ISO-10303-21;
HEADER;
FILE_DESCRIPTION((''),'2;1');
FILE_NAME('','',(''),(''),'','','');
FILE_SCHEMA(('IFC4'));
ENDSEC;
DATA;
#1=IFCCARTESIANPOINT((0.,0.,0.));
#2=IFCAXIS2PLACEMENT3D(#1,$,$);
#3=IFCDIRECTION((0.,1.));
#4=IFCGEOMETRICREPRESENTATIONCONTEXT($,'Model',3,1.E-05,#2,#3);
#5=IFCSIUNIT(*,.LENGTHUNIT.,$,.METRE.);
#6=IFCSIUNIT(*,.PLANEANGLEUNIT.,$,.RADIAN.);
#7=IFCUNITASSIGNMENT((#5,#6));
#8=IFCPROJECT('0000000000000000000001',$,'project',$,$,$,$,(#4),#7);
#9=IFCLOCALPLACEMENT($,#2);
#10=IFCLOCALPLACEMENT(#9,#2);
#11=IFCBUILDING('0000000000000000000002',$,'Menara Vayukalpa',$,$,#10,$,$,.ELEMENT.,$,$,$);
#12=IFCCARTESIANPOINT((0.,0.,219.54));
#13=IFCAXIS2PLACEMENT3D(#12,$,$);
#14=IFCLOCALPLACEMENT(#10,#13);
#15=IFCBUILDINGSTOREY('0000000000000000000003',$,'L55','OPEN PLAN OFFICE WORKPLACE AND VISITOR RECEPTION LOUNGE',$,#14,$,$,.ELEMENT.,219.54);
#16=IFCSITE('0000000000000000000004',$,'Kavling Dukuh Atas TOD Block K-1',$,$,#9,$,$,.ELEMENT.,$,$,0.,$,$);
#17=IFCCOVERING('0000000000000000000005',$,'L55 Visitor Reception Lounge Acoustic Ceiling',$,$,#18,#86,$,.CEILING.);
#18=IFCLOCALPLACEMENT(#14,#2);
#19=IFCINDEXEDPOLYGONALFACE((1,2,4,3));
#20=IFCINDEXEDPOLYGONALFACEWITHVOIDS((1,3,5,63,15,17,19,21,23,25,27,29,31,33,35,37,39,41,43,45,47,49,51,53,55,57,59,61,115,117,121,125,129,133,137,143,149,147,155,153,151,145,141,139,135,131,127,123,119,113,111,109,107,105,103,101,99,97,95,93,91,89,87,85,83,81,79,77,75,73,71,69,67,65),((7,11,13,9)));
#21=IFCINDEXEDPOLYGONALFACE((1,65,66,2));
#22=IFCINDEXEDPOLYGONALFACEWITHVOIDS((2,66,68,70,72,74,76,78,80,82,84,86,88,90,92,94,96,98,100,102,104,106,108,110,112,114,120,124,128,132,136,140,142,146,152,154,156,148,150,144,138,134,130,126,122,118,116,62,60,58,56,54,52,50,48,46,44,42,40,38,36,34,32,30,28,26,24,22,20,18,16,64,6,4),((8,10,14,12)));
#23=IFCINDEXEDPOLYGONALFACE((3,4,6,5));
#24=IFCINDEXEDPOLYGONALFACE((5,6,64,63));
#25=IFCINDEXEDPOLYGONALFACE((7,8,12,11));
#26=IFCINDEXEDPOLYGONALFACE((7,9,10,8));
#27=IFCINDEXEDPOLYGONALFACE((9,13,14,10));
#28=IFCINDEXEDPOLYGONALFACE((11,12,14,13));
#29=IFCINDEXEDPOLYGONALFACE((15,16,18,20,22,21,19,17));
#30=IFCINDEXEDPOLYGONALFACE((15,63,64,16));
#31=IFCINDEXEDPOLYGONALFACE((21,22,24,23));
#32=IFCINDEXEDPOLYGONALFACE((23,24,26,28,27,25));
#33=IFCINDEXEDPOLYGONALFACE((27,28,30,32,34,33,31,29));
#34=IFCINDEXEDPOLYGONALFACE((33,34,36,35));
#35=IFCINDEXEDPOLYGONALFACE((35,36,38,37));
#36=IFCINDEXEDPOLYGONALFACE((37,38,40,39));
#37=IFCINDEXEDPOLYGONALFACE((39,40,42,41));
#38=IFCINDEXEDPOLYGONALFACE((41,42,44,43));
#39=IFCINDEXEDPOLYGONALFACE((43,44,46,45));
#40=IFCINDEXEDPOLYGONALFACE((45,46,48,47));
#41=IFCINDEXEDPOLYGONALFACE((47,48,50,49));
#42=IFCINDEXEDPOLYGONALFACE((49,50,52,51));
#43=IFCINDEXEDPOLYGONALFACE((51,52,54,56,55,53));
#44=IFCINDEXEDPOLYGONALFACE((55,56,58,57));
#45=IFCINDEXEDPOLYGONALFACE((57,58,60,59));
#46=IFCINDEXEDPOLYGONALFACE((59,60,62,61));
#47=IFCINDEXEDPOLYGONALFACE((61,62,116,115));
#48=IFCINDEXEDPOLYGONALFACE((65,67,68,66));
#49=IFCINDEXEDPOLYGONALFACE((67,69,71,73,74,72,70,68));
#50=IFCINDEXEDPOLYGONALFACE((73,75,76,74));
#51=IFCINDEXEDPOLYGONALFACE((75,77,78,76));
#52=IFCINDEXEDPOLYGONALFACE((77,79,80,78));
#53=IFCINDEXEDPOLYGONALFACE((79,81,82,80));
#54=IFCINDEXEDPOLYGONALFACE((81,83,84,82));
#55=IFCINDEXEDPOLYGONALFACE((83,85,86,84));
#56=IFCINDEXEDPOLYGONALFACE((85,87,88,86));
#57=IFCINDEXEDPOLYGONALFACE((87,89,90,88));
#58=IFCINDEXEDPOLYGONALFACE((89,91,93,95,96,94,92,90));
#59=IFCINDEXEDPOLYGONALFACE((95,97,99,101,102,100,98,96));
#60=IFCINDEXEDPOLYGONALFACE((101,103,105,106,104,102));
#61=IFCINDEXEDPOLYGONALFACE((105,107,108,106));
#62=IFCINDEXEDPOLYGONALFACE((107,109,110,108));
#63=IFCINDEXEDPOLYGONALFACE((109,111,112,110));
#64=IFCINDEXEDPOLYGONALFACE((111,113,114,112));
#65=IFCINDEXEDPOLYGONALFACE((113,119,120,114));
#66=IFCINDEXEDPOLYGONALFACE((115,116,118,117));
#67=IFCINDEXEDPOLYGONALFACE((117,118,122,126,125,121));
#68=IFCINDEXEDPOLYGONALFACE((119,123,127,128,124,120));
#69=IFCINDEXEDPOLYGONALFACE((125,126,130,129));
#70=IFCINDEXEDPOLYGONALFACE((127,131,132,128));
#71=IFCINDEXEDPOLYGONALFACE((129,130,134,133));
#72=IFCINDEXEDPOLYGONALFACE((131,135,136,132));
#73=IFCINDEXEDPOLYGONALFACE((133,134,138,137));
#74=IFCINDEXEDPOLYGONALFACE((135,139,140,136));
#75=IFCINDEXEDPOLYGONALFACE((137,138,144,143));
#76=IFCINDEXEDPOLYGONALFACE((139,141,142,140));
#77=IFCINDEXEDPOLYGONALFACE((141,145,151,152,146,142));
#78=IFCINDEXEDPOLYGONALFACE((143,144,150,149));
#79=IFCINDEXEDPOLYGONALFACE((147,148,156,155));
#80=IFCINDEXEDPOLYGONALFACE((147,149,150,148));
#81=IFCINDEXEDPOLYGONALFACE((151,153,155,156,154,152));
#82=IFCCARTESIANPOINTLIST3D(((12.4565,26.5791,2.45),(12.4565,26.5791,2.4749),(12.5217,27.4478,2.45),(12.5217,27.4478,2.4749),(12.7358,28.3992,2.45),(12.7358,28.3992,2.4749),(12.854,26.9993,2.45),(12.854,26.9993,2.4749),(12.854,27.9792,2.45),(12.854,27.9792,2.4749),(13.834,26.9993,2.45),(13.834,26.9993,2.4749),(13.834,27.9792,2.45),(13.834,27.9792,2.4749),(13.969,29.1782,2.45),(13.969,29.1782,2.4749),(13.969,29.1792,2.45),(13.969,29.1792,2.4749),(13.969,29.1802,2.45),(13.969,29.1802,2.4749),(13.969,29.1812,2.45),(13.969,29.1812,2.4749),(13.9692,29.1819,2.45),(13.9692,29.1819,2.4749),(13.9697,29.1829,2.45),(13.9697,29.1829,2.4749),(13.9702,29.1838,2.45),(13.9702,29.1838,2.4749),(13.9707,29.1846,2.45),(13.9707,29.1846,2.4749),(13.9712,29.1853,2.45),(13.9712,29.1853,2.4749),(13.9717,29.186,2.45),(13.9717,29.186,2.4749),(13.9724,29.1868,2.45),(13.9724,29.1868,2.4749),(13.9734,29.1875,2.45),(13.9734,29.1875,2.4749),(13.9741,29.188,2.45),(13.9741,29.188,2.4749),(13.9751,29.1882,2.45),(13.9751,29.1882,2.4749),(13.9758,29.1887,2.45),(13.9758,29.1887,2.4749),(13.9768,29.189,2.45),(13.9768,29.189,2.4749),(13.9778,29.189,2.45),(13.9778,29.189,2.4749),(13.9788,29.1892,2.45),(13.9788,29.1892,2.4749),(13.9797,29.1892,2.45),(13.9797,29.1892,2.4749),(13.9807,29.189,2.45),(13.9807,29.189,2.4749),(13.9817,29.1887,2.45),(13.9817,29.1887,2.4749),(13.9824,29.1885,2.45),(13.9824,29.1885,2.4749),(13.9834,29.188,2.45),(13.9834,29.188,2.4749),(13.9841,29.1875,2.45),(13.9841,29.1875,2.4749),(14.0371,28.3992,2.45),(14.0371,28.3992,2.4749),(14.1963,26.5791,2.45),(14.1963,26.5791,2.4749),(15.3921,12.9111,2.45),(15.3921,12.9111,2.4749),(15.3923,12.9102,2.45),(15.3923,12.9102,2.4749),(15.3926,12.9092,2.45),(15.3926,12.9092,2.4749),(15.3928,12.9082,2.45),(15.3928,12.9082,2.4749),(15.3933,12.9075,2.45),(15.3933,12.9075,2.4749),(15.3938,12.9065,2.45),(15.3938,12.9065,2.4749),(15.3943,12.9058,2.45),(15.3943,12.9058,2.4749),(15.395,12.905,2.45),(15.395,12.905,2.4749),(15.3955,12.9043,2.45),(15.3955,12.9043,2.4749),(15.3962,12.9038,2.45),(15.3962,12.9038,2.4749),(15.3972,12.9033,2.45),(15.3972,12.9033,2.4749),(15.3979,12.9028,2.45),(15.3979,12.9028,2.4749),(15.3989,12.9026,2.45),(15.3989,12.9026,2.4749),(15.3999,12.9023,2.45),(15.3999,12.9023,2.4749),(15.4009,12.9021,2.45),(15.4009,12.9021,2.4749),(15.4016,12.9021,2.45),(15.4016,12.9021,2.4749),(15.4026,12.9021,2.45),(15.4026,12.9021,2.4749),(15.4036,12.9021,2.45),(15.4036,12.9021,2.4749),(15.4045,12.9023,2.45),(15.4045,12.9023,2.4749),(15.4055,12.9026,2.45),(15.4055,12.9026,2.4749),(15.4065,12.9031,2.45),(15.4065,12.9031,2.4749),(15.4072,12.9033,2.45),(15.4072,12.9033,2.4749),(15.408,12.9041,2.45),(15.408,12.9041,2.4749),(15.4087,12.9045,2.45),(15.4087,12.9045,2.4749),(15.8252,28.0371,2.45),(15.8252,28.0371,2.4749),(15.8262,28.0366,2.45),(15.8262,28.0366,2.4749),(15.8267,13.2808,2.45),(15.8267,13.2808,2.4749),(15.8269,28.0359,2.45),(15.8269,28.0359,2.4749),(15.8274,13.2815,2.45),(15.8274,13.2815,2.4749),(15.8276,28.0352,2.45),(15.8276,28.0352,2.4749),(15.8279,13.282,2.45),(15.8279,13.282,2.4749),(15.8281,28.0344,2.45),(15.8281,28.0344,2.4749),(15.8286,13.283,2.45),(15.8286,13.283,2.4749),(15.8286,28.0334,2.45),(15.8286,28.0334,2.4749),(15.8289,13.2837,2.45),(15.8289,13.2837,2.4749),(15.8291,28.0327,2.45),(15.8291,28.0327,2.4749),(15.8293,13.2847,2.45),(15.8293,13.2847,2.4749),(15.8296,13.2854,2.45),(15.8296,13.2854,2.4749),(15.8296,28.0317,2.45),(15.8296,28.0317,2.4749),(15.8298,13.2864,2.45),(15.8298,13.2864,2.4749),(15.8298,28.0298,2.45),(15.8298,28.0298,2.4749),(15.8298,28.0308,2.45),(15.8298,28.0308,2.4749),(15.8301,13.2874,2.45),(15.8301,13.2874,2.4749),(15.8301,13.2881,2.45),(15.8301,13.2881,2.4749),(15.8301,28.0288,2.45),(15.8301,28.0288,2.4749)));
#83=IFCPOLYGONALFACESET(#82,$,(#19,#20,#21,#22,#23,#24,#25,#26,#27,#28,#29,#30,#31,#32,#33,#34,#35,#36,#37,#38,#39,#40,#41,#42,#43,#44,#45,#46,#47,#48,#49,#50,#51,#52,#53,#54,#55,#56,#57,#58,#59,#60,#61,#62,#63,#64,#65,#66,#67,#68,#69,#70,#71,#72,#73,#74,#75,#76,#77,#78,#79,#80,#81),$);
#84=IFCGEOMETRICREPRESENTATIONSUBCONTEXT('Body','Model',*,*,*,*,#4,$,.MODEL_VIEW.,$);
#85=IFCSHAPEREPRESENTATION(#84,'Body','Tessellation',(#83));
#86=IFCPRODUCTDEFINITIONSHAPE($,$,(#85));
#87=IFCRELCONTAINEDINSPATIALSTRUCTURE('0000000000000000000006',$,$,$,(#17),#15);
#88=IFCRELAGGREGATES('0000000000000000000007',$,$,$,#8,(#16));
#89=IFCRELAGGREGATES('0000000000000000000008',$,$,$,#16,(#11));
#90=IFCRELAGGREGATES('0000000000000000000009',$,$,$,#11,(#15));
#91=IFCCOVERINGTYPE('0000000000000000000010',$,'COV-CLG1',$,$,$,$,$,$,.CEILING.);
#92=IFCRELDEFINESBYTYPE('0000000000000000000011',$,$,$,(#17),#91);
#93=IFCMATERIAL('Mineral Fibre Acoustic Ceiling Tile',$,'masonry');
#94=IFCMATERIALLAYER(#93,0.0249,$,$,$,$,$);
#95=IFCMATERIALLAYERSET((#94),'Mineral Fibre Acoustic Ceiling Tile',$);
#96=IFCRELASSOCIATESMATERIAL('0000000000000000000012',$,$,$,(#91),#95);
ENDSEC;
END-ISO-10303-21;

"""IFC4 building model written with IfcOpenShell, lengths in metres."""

from ifc_helpers import new_model, si_unit, direction, frame, origin, place, context, subcontext, project, spatial, polyline, outline, extrude, material, layer, layer_set, type_object, element, save


model = new_model("IFC4")

# Units and contexts
model_context = context("Model", 3, precision=1e-05, world=origin(), true_north=direction((0.0, 1.0)))
body_context = subcontext(model_context, "Body", "Model", "MODEL_VIEW")
ifc_project = project(units=[si_unit("LENGTHUNIT", "METRE"), si_unit("PLANEANGLEUNIT", "RADIAN")], contexts=[model_context])

# Site, building, storey
site_placement = place(None, origin())
site = spatial("IfcSite", under=ifc_project, at=site_placement, Name="Kavling Dukuh Atas TOD Block K-1", CompositionType="ELEMENT", RefElevation=0.0)
building_placement = place(site_placement, origin())
building = spatial("IfcBuilding", under=site, at=building_placement, Name="Menara Vayukalpa", CompositionType="ELEMENT")
storey_placement = place(building_placement, frame((0.0, 0.0, 219.54)))
storey = spatial("IfcBuildingStorey", under=building, at=storey_placement, Name="L55", Description="OPEN PLAN OFFICE WORKPLACE AND VISITOR RECEPTION LOUNGE", CompositionType="ELEMENT", Elevation=219.54)

# Covering
ifc_material_1 = material(Name="Mineral Fibre Acoustic Ceiling Tile", Category="masonry")
ifc_layer_1 = layer(ifc_material_1, 0.0249)
ifc_layer_set_1 = layer_set([ifc_layer_1], Name="Mineral Fibre Acoustic Ceiling Tile")
covering_type_1 = type_object("IfcCoveringType", Name="COV-CLG1", PredefinedType="CEILING", material=ifc_layer_set_1)
covering_1_placement = place(storey_placement, frame((0.0, 0.0, 2.45)))
element("IfcCovering", 1, at=covering_1_placement, inside=storey, type_object=covering_type_1, Name="L55 Visitor Reception Lounge Acoustic Ceiling", PredefinedType="CEILING", context=body_context, shape_type="SweptSolid", body=[
    extrude(outline(polyline([(15.8298, 13.2864), (15.8296, 13.2854), (15.8293, 13.2847), (15.8289, 13.2837), (15.8286, 13.283), (15.8279, 13.282), (15.8274, 13.2815), (15.8267, 13.2808), (15.4087, 12.9045), (15.408, 12.9041), (15.4072, 12.9033), (15.4065, 12.9031), (15.4055, 12.9026), (15.4045, 12.9023), (15.4036, 12.9021), (15.4026, 12.9021), (15.4016, 12.9021), (15.4009, 12.9021), (15.3999, 12.9023), (15.3989, 12.9026), (15.3979, 12.9028), (15.3972, 12.9033), (15.3962, 12.9038), (15.3955, 12.9043), (15.395, 12.905), (15.3943, 12.9058), (15.3938, 12.9065), (15.3933, 12.9075), (15.3928, 12.9082), (15.3926, 12.9092), (15.3923, 12.9102), (15.3921, 12.9111), (14.1963, 26.5791), (12.4565, 26.5791), (12.5217, 27.4478), (12.7358, 28.3992), (14.0371, 28.3992), (13.969, 29.1782), (13.969, 29.1792), (13.969, 29.1802), (13.969, 29.1812), (13.9692, 29.1819), (13.9697, 29.1829), (13.9702, 29.1838), (13.9707, 29.1846), (13.9712, 29.1853), (13.9717, 29.186), (13.9724, 29.1868), (13.9734, 29.1875), (13.9741, 29.188), (13.9751, 29.1882), (13.9758, 29.1887), (13.9768, 29.189), (13.9778, 29.189), (13.9788, 29.1892), (13.9797, 29.1892), (13.9807, 29.189), (13.9817, 29.1887), (13.9824, 29.1885), (13.9834, 29.188), (13.9841, 29.1875), (15.8252, 28.0371), (15.8262, 28.0366), (15.8269, 28.0359), (15.8276, 28.0352), (15.8281, 28.0344), (15.8286, 28.0334), (15.8291, 28.0327), (15.8296, 28.0317), (15.8298, 28.0308), (15.8298, 28.0298), (15.8301, 28.0288), (15.8301, 13.2881), (15.8301, 13.2874), (15.8298, 13.2864)]), holes=[polyline([(13.834, 27.9792), (12.854, 27.9792), (12.854, 26.9993), (13.834, 26.9993), (13.834, 27.9792)])]), origin(), (0.0, 0.0, 1.0), 0.0249),
])

save(model, "model.ifc")
